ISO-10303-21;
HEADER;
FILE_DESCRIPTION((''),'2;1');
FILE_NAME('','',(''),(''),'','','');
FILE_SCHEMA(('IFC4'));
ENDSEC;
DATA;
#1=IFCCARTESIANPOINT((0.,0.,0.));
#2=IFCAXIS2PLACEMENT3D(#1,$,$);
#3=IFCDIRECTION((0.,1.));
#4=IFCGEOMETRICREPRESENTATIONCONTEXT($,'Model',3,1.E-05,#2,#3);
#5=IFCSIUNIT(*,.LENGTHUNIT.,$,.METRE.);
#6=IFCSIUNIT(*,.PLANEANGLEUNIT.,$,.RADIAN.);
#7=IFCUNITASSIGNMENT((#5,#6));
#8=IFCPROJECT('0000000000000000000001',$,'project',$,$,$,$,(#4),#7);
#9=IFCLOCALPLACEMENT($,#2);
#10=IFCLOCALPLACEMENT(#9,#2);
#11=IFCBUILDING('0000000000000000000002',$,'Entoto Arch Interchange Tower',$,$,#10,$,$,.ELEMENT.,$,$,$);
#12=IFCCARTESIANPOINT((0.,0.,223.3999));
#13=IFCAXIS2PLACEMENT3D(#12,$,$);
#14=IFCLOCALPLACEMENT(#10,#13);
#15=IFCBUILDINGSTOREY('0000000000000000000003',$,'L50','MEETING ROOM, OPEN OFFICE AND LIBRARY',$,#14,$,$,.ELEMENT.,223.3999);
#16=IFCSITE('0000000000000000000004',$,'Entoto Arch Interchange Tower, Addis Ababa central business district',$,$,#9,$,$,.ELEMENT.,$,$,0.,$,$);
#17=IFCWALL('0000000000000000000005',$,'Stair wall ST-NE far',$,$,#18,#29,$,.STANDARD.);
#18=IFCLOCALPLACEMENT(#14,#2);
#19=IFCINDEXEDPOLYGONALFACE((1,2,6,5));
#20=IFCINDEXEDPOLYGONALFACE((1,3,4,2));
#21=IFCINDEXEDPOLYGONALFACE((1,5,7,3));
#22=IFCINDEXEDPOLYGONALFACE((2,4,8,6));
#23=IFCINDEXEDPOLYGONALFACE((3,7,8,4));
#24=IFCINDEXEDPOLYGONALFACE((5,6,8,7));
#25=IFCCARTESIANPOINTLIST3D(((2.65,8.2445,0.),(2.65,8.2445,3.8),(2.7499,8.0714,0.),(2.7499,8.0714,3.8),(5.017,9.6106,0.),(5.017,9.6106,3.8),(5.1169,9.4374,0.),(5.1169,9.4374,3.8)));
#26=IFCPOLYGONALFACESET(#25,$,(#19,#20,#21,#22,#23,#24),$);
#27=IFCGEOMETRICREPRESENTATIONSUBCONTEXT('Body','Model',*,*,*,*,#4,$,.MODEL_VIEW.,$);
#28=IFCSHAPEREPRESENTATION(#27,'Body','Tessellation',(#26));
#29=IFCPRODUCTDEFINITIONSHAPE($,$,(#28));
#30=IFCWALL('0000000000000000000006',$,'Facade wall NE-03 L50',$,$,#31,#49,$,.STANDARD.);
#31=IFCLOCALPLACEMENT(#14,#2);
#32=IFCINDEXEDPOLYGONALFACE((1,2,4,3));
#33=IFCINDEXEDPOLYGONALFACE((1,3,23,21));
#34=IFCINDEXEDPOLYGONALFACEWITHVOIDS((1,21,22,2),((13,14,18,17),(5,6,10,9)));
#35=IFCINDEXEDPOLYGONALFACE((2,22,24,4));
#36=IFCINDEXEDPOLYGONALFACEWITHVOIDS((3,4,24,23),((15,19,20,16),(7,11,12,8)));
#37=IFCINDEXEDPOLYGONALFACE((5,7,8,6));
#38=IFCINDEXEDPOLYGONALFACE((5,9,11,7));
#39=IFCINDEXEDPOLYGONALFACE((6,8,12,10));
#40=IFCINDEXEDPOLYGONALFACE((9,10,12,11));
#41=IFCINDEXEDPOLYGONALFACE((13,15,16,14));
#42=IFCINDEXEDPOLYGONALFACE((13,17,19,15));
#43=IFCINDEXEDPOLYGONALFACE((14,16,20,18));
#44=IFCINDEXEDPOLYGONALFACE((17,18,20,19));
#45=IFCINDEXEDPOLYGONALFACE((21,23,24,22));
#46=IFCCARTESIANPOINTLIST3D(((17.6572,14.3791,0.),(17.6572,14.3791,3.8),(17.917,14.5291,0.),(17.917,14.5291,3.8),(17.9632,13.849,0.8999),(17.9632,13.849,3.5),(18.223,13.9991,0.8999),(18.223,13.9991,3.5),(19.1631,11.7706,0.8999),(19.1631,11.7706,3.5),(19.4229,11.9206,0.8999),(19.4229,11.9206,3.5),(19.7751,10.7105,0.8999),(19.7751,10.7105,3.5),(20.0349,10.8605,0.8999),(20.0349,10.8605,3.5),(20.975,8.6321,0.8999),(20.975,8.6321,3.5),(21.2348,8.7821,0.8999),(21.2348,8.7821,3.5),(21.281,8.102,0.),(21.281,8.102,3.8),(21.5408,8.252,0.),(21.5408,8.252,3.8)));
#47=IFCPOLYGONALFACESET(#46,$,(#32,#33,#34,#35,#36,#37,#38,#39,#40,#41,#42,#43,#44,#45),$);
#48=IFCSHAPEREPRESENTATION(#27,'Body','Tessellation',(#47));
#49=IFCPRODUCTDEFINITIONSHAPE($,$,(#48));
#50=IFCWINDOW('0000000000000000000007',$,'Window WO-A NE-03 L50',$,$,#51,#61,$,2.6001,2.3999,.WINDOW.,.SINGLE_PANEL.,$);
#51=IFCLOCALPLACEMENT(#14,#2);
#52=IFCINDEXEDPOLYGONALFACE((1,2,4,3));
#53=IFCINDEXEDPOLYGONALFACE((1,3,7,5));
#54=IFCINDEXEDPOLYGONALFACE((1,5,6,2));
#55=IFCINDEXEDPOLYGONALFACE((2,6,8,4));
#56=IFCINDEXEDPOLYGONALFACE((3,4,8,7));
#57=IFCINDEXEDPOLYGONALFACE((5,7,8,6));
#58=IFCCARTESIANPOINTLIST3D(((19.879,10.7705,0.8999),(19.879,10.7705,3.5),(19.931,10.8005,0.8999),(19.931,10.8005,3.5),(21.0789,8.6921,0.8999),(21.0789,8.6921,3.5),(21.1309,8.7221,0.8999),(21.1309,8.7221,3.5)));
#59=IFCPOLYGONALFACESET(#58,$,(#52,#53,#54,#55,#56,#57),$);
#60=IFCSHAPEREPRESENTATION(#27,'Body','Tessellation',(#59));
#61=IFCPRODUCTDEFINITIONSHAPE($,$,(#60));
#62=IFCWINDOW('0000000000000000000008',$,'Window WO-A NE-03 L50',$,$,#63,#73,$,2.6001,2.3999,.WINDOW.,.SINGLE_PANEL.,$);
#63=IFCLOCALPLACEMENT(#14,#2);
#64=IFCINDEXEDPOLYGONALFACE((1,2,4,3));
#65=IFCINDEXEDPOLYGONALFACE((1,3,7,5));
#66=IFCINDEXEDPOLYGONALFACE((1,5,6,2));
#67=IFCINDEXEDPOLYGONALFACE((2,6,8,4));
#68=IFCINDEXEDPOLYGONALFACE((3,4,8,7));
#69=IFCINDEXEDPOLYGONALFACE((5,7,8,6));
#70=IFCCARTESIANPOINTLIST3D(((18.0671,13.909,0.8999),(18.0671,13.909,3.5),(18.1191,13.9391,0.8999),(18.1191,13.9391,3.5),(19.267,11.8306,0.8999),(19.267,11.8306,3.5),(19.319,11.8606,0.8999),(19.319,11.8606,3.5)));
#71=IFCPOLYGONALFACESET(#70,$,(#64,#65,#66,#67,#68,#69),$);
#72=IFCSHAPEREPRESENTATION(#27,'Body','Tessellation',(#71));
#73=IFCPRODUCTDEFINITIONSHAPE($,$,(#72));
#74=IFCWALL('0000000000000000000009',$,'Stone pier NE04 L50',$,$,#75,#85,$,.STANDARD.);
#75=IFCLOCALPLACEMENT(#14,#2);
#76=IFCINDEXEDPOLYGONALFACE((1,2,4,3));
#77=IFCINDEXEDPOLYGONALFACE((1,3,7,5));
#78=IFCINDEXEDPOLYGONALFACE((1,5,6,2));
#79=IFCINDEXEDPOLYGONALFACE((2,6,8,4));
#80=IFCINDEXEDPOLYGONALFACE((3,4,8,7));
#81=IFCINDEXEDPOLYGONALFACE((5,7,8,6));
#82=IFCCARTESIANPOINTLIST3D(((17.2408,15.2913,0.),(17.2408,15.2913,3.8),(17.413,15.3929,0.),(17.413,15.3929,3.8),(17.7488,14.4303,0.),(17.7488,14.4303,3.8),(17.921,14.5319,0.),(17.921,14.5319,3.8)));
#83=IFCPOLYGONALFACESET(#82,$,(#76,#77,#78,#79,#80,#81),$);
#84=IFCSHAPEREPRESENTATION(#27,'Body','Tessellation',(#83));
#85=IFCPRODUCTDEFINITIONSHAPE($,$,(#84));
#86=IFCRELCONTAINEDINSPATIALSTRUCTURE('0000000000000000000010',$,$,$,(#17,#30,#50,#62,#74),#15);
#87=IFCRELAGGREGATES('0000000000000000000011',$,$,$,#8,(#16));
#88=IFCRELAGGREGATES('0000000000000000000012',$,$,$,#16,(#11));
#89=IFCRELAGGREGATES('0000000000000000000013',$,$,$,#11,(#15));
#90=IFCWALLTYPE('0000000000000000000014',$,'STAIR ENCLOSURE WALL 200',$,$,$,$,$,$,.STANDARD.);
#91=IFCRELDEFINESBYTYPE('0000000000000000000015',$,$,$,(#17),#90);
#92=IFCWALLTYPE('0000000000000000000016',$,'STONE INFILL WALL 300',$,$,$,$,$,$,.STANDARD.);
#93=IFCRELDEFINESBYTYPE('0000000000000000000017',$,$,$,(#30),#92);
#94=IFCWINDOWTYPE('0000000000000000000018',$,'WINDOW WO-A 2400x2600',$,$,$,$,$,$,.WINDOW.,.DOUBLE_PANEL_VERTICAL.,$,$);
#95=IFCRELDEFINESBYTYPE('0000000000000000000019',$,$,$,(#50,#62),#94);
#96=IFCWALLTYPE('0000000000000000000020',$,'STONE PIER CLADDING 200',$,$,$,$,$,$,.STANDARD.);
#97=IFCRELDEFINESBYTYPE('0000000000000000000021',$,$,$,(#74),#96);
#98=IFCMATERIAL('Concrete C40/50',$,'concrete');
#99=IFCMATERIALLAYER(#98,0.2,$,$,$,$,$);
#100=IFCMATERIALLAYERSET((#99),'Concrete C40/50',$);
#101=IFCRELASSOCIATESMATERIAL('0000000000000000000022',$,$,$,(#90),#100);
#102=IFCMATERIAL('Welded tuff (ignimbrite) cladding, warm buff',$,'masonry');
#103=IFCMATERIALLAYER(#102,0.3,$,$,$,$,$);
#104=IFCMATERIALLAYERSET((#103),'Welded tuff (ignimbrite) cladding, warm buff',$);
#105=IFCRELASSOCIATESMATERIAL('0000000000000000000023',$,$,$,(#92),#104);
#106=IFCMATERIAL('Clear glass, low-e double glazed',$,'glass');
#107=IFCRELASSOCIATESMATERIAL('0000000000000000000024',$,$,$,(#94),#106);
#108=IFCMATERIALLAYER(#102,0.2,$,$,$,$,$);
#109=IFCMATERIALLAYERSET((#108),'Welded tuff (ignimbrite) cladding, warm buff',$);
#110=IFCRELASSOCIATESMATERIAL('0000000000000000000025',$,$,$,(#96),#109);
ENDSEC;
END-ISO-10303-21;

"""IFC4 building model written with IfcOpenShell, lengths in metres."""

from ifc_helpers import new_model, si_unit, direction, frame, frame_2d, origin, place, context, subcontext, project, spatial, rectangle, extrude, material, layer, layer_set, type_object, element, fill, save


model = new_model("IFC4")

# Units and contexts
model_context = context("Model", 3, precision=1e-05, world=origin(), true_north=direction((0.0, 1.0)))
body_context = subcontext(model_context, "Body", "Model", "MODEL_VIEW")
ifc_project = project(units=[si_unit("LENGTHUNIT", "METRE"), si_unit("PLANEANGLEUNIT", "RADIAN")], contexts=[model_context])

# Site, building, storey
site_placement = place(None, origin())
site = spatial("IfcSite", under=ifc_project, at=site_placement, Name="Entoto Arch Interchange Tower, Addis Ababa central business district", CompositionType="ELEMENT", RefElevation=0.0)
building_placement = place(site_placement, origin())
building = spatial("IfcBuilding", under=site, at=building_placement, Name="Entoto Arch Interchange Tower", CompositionType="ELEMENT")
storey_placement = place(building_placement, frame((0.0, 0.0, 223.3999)))
storey = spatial("IfcBuildingStorey", under=building, at=storey_placement, Name="L50", Description="MEETING ROOM, OPEN OFFICE AND LIBRARY", CompositionType="ELEMENT", Elevation=223.3999)

# Shared definitions
ifc_material_1 = material(Name="Concrete C40/50", Category="concrete")

# Wall
ifc_layer_1 = layer(ifc_material_1, 0.2)
ifc_layer_set_1 = layer_set([ifc_layer_1], Name="Concrete C40/50")
wall_type_1 = type_object("IfcWallType", Name="STAIR ENCLOSURE WALL 200", PredefinedType="STANDARD", material=ifc_layer_set_1)
wall_1_placement = place(storey_placement, frame((2.7, 8.158, 0.0), z_axis=(0.0, 0.0, 1.0), x_axis=(0.866119, 0.499838, 0.0)))
element("IfcWall", 1, at=wall_1_placement, inside=storey, type_object=wall_type_1, Name="Stair wall ST-NE far", PredefinedType="STANDARD", context=body_context, shape_type="SweptSolid", body=[
    extrude(rectangle(XDim=2.7329, YDim=0.2, at=frame_2d((1.3665, 0.0))), origin(), (0.0, 0.0, 1.0), 3.8),
])

# Wall, openings, windows
ifc_material_2 = material(Name="Welded tuff (ignimbrite) cladding, warm buff", Category="masonry")
ifc_layer_2 = layer(ifc_material_2, 0.3)
ifc_layer_set_2 = layer_set([ifc_layer_2], Name="Welded tuff (ignimbrite) cladding, warm buff")
wall_type_2 = type_object("IfcWallType", Name="STONE INFILL WALL 300", PredefinedType="STANDARD", material=ifc_layer_set_2)
wall_2_placement = place(storey_placement, frame((21.4109, 8.177, 0.0), z_axis=(0.0, 0.0, 1.0), x_axis=(-0.499968, 0.866044, 0.0)))
wall_2 = element("IfcWall", 2, at=wall_2_placement, inside=storey, type_object=wall_type_2, Name="Facade wall NE-03 L50", PredefinedType="STANDARD", context=body_context, shape_type="SweptSolid", body=[
    extrude(rectangle(XDim=7.248, YDim=0.3, at=frame_2d((3.624, 0.0))), origin(), (0.0, 0.0, 1.0), 3.8),
])
opening_1_placement = place(wall_2_placement, frame((0.6121, 0.0, 0.8999)))
opening_1 = element("IfcOpeningElement", 3, at=opening_1_placement, cuts=wall_2, PredefinedType="OPENING", context=body_context, shape_type="SweptSolid", body=[
    extrude(rectangle(XDim=2.3999, YDim=2.6001, at=frame_2d((1.2, 1.3))), frame((0.0, 0.1602, 0.0), z_axis=(0.0, -1.0, 0.0), x_axis=(1.0, 0.0, 0.0)), (0.0, 0.0, 1.0), 0.3201),
])
opening_2_placement = place(wall_2_placement, frame((4.2361, 0.0, 0.8999)))
opening_2 = element("IfcOpeningElement", 4, at=opening_2_placement, cuts=wall_2, PredefinedType="OPENING", context=body_context, shape_type="SweptSolid", body=[
    extrude(rectangle(XDim=2.3999, YDim=2.6001, at=frame_2d((1.2, 1.3))), frame((0.0, 0.1602, 0.0), z_axis=(0.0, -1.0, 0.0), x_axis=(1.0, 0.0, 0.0)), (0.0, 0.0, 1.0), 0.3201),
])
ifc_material_3 = material(Name="Clear glass, low-e double glazed", Category="glass")
window_type = type_object("IfcWindowType", Name="WINDOW WO-A 2400x2600", PartitioningType="DOUBLE_PANEL_VERTICAL", PredefinedType="WINDOW", material=ifc_material_3)
window_1_placement = place(opening_1_placement, origin())
window_1 = element("IfcWindow", 5, at=window_1_placement, inside=storey, type_object=window_type, Name="Window WO-A NE-03 L50", OverallHeight=2.6001, OverallWidth=2.3999, PartitioningType="SINGLE_PANEL", PredefinedType="WINDOW", context=body_context, shape_type="SweptSolid", body=[
    extrude(rectangle(XDim=2.3999, YDim=2.6001, at=frame_2d((1.2, 1.3))), frame((0.0, 0.03, 0.0), z_axis=(0.0, -1.0, 0.0), x_axis=(1.0, 0.0, 0.0)), (0.0, 0.0, 1.0), 0.0601),
])
fill(opening_1, window_1)
window_2_placement = place(opening_2_placement, origin())
window_2 = element("IfcWindow", 6, at=window_2_placement, inside=storey, type_object=window_type, Name="Window WO-A NE-03 L50", OverallHeight=2.6001, OverallWidth=2.3999, PartitioningType="SINGLE_PANEL", PredefinedType="WINDOW", context=body_context, shape_type="SweptSolid", body=[
    extrude(rectangle(XDim=2.3999, YDim=2.6001, at=frame_2d((1.2, 1.3))), frame((0.0, 0.03, 0.0), z_axis=(0.0, -1.0, 0.0), x_axis=(1.0, 0.0, 0.0)), (0.0, 0.0, 1.0), 0.0601),
])
fill(opening_2, window_2)

# Wall
ifc_layer_3 = layer(ifc_material_2, 0.2)
ifc_layer_set_3 = layer_set([ifc_layer_3], Name="Welded tuff (ignimbrite) cladding, warm buff")
wall_type_3 = type_object("IfcWallType", Name="STONE PIER CLADDING 200", PredefinedType="STANDARD", material=ifc_layer_set_3)
wall_3_placement = place(storey_placement, frame((17.835, 14.481, 0.0), z_axis=(0.0, 0.0, 1.0), x_axis=(-0.508162, 0.861262, 0.0)))
element("IfcWall", 7, at=wall_3_placement, inside=storey, type_object=wall_type_3, Name="Stone pier NE04 L50", PredefinedType="STANDARD", context=body_context, shape_type="SweptSolid", body=[
    extrude(rectangle(XDim=0.9998, YDim=0.2, at=frame_2d((0.5, 0.0))), origin(), (0.0, 0.0, 1.0), 3.8),
])

save(model, "model.ifc")
